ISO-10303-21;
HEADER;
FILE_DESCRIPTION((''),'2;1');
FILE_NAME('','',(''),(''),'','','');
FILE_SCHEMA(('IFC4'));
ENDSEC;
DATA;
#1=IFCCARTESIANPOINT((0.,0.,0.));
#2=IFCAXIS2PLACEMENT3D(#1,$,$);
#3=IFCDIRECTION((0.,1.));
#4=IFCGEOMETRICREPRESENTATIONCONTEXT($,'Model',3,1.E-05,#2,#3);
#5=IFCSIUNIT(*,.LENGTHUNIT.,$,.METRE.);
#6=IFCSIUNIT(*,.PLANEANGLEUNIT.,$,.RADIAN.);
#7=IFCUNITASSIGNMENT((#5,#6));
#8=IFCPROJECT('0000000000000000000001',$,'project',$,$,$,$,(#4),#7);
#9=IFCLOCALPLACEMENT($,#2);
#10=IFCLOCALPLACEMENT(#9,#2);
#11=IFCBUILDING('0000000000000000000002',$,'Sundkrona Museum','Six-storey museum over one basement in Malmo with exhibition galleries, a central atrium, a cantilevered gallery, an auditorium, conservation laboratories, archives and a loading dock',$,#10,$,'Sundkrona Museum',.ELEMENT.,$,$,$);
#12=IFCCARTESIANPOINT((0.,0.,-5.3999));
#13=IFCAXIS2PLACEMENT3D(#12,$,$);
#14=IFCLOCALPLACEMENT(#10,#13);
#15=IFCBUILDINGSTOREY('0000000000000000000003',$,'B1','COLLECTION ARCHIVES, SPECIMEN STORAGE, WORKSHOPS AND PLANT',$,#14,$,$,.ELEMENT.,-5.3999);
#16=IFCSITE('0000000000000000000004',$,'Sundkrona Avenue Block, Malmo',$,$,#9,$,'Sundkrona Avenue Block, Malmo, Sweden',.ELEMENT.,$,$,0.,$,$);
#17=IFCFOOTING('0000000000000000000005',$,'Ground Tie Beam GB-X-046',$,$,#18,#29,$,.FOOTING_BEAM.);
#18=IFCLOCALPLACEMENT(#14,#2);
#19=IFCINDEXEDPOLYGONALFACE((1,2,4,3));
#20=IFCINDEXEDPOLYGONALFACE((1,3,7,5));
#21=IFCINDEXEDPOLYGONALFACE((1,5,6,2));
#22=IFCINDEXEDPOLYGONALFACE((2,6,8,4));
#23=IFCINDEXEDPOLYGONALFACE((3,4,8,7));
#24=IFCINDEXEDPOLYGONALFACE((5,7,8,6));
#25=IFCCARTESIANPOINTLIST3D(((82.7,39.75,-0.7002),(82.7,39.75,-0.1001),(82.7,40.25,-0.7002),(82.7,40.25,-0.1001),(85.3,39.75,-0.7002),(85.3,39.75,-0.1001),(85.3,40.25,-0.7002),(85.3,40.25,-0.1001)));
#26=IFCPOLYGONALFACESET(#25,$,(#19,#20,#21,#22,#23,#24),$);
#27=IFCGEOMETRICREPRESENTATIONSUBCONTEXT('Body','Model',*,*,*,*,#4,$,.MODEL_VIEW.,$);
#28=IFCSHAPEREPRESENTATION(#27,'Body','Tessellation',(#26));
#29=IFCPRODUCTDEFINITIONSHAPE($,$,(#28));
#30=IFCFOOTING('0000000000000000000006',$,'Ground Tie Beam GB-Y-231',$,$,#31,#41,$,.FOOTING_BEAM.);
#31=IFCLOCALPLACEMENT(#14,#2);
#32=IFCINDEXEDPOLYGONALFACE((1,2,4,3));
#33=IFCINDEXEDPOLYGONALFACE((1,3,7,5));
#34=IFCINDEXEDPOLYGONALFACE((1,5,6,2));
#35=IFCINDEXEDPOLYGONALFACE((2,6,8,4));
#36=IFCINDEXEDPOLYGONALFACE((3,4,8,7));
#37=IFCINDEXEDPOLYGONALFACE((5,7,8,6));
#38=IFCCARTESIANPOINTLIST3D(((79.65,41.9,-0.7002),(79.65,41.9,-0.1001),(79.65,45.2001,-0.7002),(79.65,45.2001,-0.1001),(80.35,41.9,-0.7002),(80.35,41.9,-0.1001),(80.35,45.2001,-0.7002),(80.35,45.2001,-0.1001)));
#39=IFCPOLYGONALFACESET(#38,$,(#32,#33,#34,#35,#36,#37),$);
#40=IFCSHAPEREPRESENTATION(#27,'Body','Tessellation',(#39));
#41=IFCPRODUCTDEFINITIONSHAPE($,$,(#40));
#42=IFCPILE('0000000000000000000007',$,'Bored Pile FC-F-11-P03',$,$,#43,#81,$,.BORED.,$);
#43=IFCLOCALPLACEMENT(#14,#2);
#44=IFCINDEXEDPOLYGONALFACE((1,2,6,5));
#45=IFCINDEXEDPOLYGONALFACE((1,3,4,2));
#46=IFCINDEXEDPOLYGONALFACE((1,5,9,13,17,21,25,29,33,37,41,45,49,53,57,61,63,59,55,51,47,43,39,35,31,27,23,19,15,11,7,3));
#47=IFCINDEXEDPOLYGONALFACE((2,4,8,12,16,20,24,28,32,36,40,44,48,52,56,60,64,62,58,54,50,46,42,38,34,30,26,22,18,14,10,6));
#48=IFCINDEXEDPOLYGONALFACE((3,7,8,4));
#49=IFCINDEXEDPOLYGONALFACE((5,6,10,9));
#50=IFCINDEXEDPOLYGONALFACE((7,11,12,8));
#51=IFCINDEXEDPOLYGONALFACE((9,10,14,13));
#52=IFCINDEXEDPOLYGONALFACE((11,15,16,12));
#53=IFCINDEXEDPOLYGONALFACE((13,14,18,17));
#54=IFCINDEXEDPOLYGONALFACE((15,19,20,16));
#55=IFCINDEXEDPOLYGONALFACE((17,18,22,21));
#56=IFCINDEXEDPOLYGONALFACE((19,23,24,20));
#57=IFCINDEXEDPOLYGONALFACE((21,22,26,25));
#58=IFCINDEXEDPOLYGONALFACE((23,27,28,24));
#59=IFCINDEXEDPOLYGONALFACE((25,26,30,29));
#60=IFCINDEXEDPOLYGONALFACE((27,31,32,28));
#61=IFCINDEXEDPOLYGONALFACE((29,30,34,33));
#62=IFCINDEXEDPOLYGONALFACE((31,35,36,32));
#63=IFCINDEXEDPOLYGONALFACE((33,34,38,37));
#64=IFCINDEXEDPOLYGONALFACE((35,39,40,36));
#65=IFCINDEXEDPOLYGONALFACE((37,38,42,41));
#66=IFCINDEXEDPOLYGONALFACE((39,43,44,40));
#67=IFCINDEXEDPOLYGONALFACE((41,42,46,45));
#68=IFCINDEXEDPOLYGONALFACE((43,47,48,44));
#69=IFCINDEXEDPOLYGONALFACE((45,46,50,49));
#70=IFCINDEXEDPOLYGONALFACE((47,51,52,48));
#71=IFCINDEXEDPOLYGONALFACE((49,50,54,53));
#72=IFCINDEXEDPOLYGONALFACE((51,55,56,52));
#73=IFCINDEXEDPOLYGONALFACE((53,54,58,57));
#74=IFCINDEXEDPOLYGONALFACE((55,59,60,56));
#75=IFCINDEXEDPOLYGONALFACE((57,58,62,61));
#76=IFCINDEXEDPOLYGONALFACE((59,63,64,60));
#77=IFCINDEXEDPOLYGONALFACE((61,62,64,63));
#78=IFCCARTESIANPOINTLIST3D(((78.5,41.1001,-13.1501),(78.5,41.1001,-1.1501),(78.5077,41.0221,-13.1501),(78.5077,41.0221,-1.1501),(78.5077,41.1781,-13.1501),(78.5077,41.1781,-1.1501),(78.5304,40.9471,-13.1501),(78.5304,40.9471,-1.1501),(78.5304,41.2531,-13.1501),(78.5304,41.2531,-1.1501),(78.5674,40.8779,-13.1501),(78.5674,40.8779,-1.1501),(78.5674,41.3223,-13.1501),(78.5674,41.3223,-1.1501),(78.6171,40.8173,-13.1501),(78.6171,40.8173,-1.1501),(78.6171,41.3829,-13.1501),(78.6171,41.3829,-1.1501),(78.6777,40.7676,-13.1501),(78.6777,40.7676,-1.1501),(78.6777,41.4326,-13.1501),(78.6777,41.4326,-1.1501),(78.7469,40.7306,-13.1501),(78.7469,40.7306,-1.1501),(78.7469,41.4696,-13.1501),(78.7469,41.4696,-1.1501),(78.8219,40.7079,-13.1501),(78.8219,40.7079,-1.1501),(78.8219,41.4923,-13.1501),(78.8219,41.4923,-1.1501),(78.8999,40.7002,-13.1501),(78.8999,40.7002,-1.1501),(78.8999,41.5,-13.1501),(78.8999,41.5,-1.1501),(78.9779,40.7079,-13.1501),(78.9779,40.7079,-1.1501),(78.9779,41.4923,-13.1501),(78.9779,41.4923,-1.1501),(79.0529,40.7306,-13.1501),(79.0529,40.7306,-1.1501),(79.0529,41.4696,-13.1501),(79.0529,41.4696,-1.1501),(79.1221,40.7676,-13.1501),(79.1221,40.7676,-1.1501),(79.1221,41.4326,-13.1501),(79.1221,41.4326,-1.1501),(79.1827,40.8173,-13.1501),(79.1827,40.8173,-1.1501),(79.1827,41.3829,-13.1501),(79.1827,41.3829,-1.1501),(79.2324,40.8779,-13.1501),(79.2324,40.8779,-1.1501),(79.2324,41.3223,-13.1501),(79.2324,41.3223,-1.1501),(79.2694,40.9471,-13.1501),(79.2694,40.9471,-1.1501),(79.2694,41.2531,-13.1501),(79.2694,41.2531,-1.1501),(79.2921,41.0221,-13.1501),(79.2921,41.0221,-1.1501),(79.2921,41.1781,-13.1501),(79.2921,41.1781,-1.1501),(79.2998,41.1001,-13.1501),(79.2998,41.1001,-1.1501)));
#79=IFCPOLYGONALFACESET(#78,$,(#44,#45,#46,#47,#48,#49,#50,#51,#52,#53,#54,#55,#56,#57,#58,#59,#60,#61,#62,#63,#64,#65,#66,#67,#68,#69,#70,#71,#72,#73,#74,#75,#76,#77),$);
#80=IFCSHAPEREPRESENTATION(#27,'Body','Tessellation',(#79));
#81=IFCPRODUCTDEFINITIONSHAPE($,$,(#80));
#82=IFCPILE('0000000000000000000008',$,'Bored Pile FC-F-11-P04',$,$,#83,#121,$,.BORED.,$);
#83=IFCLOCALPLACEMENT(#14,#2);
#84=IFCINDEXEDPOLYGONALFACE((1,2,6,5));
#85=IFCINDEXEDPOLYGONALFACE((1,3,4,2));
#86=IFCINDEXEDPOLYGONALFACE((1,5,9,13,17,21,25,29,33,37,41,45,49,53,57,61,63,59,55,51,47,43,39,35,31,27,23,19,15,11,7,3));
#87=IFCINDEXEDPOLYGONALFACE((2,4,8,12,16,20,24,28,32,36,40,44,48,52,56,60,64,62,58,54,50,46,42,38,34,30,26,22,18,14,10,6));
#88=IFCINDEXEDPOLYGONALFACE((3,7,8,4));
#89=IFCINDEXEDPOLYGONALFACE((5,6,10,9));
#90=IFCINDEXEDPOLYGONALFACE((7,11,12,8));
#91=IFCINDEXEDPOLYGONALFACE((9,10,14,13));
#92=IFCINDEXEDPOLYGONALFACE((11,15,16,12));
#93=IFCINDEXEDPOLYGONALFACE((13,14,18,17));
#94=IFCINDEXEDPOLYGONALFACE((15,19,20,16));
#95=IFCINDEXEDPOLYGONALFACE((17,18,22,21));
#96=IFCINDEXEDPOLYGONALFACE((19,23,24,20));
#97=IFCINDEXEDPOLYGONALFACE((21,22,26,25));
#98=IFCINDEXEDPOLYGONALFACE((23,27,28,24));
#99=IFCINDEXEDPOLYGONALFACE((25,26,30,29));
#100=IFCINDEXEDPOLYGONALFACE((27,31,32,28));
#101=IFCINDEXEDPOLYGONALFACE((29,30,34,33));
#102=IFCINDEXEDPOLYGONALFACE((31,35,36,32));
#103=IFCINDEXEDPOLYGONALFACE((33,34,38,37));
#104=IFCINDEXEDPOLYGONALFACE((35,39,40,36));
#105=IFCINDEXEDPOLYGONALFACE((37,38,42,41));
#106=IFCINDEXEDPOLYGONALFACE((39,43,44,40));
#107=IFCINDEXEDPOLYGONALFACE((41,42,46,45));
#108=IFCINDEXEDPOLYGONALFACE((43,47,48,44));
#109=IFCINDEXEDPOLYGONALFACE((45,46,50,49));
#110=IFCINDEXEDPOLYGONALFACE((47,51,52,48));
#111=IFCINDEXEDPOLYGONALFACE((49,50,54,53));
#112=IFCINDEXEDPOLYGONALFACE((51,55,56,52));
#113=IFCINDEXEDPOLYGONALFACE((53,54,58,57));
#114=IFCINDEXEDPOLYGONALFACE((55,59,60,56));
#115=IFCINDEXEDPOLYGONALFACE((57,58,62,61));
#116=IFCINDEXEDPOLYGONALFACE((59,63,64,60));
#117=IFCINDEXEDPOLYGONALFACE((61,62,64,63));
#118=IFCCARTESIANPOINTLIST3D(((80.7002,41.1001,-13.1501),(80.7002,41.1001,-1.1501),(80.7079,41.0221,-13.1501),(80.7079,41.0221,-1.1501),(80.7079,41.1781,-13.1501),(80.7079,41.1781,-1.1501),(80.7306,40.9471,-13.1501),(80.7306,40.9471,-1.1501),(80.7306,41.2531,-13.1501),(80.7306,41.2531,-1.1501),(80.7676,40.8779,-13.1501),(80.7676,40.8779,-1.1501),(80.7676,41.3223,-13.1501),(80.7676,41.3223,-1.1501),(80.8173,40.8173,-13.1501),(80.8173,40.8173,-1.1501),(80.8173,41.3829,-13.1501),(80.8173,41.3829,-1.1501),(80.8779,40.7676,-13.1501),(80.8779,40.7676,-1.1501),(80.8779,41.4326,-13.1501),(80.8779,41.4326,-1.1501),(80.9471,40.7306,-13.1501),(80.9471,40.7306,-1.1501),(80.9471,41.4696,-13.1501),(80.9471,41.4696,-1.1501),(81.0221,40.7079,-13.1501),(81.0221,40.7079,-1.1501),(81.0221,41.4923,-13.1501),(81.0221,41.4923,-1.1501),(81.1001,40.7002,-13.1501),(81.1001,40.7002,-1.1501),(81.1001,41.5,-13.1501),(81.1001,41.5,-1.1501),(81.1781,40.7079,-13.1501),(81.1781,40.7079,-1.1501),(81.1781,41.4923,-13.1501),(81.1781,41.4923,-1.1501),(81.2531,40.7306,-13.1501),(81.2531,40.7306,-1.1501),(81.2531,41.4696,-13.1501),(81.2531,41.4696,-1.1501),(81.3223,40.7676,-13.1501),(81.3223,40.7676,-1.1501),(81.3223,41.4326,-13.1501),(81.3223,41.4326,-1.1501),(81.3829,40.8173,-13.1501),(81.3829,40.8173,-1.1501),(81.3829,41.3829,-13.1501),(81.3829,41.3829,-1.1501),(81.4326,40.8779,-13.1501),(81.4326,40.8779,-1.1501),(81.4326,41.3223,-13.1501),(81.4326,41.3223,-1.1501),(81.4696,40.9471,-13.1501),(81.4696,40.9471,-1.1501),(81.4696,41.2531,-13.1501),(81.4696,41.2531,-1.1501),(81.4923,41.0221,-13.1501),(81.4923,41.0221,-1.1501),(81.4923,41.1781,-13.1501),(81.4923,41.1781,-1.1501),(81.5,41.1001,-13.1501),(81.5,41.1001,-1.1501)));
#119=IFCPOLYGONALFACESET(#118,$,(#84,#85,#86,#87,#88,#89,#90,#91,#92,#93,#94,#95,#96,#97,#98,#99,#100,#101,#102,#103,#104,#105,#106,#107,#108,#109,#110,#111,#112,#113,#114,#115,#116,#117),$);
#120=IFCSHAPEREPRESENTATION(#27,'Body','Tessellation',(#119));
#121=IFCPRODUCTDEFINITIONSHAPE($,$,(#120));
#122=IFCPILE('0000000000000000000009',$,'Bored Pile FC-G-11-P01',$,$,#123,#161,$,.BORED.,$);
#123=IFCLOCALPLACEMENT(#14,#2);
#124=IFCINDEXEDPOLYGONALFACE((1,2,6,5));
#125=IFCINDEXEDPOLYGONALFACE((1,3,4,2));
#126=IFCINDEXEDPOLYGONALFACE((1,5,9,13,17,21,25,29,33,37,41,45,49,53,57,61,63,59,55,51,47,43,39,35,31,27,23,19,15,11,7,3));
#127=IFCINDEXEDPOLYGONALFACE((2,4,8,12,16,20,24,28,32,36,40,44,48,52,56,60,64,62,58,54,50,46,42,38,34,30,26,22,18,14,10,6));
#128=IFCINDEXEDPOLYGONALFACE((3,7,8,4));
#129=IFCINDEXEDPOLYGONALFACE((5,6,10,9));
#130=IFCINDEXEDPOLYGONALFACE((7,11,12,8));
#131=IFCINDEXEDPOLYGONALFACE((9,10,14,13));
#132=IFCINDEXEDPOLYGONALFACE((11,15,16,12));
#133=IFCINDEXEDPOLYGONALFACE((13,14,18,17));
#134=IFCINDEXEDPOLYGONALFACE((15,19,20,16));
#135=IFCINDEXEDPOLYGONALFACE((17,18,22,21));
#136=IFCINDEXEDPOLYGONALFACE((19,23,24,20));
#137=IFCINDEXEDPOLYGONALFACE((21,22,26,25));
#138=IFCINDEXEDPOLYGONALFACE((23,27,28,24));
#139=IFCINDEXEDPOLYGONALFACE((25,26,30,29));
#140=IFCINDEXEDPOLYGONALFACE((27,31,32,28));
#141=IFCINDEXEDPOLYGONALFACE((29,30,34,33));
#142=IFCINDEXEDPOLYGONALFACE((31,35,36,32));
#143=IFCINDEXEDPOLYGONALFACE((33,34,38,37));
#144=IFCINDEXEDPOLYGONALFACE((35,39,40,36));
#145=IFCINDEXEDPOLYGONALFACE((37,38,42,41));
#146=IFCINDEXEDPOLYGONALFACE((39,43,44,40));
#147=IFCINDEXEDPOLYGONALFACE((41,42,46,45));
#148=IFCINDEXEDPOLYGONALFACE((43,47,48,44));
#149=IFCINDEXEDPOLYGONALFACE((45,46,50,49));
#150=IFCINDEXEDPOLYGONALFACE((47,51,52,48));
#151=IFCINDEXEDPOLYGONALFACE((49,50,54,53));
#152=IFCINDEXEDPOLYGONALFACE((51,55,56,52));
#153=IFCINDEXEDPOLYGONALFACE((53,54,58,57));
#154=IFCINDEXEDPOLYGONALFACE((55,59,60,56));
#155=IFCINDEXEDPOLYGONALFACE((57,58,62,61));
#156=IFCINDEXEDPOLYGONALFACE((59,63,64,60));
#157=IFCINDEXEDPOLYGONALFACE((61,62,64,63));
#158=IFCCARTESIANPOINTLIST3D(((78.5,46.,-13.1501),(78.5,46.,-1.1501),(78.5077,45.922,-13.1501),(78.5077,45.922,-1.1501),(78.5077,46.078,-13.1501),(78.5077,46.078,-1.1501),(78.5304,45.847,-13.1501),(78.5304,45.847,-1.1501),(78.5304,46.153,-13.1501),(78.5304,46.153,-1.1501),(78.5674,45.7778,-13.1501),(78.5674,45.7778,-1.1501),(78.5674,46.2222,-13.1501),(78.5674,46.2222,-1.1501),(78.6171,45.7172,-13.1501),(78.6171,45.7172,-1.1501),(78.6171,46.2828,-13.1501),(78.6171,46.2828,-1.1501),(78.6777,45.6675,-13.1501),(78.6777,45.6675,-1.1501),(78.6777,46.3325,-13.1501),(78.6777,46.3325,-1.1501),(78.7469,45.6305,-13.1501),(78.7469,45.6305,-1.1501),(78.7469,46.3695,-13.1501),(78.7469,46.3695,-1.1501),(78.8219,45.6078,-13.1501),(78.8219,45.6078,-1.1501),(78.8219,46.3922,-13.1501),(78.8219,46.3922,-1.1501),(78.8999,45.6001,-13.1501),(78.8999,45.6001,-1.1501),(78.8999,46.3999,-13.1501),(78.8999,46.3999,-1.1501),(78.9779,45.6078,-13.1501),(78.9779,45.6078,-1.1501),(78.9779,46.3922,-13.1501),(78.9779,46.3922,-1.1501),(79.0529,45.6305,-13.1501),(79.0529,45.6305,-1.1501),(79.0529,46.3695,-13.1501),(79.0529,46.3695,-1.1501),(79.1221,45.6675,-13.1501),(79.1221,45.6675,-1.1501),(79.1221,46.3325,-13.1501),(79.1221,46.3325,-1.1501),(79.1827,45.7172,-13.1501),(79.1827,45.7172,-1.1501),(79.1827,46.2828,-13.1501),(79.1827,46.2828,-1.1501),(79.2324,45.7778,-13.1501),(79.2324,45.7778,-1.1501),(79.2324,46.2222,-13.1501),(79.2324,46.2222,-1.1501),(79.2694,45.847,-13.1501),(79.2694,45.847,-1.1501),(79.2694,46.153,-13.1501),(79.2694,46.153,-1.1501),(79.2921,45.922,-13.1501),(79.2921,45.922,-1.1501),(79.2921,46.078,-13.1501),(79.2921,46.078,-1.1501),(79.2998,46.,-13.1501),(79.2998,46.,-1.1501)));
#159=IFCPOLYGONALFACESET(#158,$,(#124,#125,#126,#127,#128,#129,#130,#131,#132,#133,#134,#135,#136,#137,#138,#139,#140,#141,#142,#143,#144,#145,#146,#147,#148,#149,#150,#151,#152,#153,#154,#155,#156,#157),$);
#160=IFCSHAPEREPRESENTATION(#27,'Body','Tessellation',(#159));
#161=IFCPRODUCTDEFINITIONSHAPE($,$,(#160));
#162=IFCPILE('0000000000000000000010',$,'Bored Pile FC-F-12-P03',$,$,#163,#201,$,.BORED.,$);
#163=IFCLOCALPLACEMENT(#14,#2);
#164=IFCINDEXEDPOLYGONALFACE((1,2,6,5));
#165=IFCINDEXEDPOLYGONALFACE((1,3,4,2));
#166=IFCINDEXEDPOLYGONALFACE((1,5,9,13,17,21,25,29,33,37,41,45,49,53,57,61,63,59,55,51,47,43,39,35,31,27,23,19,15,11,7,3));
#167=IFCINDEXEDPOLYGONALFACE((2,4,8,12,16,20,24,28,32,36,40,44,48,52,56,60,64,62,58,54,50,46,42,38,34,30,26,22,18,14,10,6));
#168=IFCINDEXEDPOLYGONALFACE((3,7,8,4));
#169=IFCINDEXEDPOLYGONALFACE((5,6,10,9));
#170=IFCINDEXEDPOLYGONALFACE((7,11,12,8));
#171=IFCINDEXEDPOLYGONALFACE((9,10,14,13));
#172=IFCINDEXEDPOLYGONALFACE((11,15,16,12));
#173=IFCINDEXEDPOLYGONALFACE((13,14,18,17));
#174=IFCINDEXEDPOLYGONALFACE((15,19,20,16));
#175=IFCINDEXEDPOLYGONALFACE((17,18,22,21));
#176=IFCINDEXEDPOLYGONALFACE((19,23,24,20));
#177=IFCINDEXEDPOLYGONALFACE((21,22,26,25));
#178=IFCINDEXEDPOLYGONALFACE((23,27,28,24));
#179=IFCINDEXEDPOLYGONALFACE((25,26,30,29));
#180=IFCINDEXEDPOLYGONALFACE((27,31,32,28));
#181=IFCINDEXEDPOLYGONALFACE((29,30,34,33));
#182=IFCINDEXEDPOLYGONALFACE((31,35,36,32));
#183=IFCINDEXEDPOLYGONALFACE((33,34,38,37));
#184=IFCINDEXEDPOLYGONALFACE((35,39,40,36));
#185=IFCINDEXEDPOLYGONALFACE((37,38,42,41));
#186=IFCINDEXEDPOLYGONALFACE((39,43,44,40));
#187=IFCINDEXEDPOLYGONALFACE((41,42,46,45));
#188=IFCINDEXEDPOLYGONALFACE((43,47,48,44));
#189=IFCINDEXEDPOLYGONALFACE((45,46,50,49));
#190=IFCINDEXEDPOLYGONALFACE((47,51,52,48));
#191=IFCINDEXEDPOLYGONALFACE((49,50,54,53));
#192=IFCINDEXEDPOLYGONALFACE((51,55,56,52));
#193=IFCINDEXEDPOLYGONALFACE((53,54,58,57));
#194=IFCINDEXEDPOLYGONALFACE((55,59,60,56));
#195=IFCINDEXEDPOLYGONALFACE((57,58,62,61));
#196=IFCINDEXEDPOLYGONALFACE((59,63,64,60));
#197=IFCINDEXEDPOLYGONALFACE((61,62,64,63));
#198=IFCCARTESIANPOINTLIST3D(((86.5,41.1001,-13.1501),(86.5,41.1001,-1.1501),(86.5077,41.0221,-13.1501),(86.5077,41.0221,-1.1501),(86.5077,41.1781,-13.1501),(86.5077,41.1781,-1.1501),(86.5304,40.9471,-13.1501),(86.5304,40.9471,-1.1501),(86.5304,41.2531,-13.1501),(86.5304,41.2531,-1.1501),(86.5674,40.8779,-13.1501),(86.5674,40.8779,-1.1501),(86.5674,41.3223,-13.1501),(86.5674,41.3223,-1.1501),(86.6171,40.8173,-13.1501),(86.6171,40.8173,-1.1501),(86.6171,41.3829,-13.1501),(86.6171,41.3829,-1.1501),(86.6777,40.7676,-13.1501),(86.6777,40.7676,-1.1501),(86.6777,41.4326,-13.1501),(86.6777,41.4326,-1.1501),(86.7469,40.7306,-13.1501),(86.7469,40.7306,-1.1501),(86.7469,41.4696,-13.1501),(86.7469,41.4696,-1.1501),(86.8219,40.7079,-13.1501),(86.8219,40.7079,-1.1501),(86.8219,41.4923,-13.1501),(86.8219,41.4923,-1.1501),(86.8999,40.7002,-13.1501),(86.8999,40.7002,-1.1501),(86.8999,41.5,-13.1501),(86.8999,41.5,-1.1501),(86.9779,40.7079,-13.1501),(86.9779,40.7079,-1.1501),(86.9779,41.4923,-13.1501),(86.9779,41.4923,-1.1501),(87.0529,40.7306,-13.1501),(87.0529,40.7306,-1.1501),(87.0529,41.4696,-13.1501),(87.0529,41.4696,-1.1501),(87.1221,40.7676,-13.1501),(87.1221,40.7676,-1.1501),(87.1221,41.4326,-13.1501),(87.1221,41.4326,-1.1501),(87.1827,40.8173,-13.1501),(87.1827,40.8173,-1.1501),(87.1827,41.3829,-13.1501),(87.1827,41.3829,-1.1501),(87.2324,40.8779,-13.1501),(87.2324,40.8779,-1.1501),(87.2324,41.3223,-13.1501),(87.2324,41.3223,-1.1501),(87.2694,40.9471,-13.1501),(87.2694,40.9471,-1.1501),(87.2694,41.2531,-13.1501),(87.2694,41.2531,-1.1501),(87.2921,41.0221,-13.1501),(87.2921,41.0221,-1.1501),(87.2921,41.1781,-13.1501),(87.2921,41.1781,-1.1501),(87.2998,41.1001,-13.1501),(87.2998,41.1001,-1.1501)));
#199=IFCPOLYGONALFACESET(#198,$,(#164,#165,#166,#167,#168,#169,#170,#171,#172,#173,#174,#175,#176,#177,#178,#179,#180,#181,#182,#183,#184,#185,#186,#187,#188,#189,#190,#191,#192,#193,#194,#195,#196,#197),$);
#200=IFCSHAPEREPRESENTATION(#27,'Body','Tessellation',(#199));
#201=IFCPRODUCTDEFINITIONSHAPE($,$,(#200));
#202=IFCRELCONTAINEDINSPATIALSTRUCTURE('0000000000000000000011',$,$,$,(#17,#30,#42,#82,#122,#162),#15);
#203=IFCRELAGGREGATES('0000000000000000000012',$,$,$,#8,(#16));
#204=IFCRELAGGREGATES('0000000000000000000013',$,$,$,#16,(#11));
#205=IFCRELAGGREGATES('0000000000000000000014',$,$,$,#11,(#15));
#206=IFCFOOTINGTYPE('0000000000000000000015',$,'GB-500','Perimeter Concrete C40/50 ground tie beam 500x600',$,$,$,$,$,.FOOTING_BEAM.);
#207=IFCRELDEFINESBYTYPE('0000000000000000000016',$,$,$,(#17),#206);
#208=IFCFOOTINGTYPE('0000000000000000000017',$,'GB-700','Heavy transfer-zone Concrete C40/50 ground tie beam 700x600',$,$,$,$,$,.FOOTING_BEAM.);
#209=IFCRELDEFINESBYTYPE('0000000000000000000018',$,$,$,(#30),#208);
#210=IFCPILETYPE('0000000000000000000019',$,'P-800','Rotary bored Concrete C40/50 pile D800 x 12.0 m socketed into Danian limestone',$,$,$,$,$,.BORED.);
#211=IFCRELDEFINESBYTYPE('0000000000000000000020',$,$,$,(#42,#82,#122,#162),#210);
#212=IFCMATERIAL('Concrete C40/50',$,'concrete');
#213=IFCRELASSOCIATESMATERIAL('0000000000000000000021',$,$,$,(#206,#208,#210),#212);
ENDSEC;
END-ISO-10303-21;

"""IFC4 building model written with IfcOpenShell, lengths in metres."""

from ifc_helpers import new_model, si_unit, direction, frame, origin, origin_2d, place, context, subcontext, project, spatial, rectangle, circle, extrude, material, material_profile, profile_set, type_object, element, save


model = new_model("IFC4")

# Units and contexts
model_context = context("Model", 3, precision=1e-05, world=origin(), true_north=direction((0.0, 1.0)))
body_context = subcontext(model_context, "Body", "Model", "MODEL_VIEW")
ifc_project = project(units=[si_unit("LENGTHUNIT", "METRE"), si_unit("PLANEANGLEUNIT", "RADIAN")], contexts=[model_context])

# Site, building, storey
site_placement = place(None, origin())
site = spatial("IfcSite", under=ifc_project, at=site_placement, Name="Sundkrona Avenue Block, Malmo", LongName="Sundkrona Avenue Block, Malmo, Sweden", CompositionType="ELEMENT", RefElevation=0.0)
building_placement = place(site_placement, origin())
building = spatial("IfcBuilding", under=site, at=building_placement, Name="Sundkrona Museum", Description="Six-storey museum over one basement in Malmo with exhibition galleries, a central atrium, a cantilevered gallery, an auditorium, conservation laboratories, archives and a loading dock", LongName="Sundkrona Museum", CompositionType="ELEMENT")
storey_placement = place(building_placement, frame((0.0, 0.0, -5.3999)))
storey = spatial("IfcBuildingStorey", under=building, at=storey_placement, Name="B1", Description="COLLECTION ARCHIVES, SPECIMEN STORAGE, WORKSHOPS AND PLANT", CompositionType="ELEMENT", Elevation=-5.3999)

# Footings
ifc_material_1 = material(Name="Concrete C40/50", Category="concrete")
footing_type_1 = type_object("IfcFootingType", Name="GB-500", Description="Perimeter Concrete C40/50 ground tie beam 500x600", PredefinedType="FOOTING_BEAM", material=ifc_material_1)
footing_1_placement = place(storey_placement, frame((84.0, 40.0, -0.7002), z_axis=(0.0, 0.0, 1.0), x_axis=(1.0, 0.0, 0.0)))
element("IfcFooting", 1, at=footing_1_placement, inside=storey, type_object=footing_type_1, Name="Ground Tie Beam GB-X-046", PredefinedType="FOOTING_BEAM", context=body_context, shape_type="SweptSolid", body=[
    extrude(rectangle(XDim=2.6001, YDim=0.5, at=origin_2d()), origin(), (0.0, 0.0, 1.0), 0.6001),
])
footing_type_2 = type_object("IfcFootingType", Name="GB-700", Description="Heavy transfer-zone Concrete C40/50 ground tie beam 700x600", PredefinedType="FOOTING_BEAM", material=ifc_material_1)
footing_2_placement = place(storey_placement, frame((80.0, 43.55, -0.7002), z_axis=(0.0, 0.0, 1.0), x_axis=(0.0, 1.0, 0.0)))
element("IfcFooting", 2, at=footing_2_placement, inside=storey, type_object=footing_type_2, Name="Ground Tie Beam GB-Y-231", PredefinedType="FOOTING_BEAM", context=body_context, shape_type="SweptSolid", body=[
    extrude(rectangle(XDim=3.3, YDim=0.7, at=origin_2d()), origin(), (0.0, 0.0, 1.0), 0.6001),
])

# Piles
ifc_material_profile_1 = material_profile(ifc_material_1, circle(Radius=0.3999, at=origin_2d()), Name="PILE D800")
ifc_profile_set_1 = profile_set([ifc_material_profile_1], Name="Concrete C40/50")
pile_type = type_object("IfcPileType", Name="P-800", Description="Rotary bored Concrete C40/50 pile D800 x 12.0 m socketed into Danian limestone", PredefinedType="BORED", material=ifc_profile_set_1)
for number, where, z_axis, x_axis, name in (
    (3, (78.8999, 41.1001, -1.1501), (0.0, 0.0, -1.0), (1.0, 0.0, 0.0), "Bored Pile FC-F-11-P03"),
    (4, (81.1001, 41.1001, -1.1501), (0.0, 0.0, -1.0), (1.0, 0.0, 0.0), "Bored Pile FC-F-11-P04"),
    (5, (78.8999, 46.0, -1.1501), (0.0, 0.0, -1.0), (1.0, 0.0, 0.0), "Bored Pile FC-G-11-P01"),
    (6, (86.8999, 41.1001, -1.1501), (0.0, 0.0, -1.0), (1.0, 0.0, 0.0), "Bored Pile FC-F-12-P03"),
):
    element("IfcPile", number, at=place(storey_placement, frame(where, z_axis=z_axis, x_axis=x_axis)), inside=storey, type_object=pile_type, Name=name, PredefinedType="BORED", context=body_context, shape_type="SweptSolid", body=[
        extrude(circle(Radius=0.3999, at=origin_2d()), origin(), (0.0, 0.0, 1.0), 12.0),
    ])

save(model, "model.ifc")
